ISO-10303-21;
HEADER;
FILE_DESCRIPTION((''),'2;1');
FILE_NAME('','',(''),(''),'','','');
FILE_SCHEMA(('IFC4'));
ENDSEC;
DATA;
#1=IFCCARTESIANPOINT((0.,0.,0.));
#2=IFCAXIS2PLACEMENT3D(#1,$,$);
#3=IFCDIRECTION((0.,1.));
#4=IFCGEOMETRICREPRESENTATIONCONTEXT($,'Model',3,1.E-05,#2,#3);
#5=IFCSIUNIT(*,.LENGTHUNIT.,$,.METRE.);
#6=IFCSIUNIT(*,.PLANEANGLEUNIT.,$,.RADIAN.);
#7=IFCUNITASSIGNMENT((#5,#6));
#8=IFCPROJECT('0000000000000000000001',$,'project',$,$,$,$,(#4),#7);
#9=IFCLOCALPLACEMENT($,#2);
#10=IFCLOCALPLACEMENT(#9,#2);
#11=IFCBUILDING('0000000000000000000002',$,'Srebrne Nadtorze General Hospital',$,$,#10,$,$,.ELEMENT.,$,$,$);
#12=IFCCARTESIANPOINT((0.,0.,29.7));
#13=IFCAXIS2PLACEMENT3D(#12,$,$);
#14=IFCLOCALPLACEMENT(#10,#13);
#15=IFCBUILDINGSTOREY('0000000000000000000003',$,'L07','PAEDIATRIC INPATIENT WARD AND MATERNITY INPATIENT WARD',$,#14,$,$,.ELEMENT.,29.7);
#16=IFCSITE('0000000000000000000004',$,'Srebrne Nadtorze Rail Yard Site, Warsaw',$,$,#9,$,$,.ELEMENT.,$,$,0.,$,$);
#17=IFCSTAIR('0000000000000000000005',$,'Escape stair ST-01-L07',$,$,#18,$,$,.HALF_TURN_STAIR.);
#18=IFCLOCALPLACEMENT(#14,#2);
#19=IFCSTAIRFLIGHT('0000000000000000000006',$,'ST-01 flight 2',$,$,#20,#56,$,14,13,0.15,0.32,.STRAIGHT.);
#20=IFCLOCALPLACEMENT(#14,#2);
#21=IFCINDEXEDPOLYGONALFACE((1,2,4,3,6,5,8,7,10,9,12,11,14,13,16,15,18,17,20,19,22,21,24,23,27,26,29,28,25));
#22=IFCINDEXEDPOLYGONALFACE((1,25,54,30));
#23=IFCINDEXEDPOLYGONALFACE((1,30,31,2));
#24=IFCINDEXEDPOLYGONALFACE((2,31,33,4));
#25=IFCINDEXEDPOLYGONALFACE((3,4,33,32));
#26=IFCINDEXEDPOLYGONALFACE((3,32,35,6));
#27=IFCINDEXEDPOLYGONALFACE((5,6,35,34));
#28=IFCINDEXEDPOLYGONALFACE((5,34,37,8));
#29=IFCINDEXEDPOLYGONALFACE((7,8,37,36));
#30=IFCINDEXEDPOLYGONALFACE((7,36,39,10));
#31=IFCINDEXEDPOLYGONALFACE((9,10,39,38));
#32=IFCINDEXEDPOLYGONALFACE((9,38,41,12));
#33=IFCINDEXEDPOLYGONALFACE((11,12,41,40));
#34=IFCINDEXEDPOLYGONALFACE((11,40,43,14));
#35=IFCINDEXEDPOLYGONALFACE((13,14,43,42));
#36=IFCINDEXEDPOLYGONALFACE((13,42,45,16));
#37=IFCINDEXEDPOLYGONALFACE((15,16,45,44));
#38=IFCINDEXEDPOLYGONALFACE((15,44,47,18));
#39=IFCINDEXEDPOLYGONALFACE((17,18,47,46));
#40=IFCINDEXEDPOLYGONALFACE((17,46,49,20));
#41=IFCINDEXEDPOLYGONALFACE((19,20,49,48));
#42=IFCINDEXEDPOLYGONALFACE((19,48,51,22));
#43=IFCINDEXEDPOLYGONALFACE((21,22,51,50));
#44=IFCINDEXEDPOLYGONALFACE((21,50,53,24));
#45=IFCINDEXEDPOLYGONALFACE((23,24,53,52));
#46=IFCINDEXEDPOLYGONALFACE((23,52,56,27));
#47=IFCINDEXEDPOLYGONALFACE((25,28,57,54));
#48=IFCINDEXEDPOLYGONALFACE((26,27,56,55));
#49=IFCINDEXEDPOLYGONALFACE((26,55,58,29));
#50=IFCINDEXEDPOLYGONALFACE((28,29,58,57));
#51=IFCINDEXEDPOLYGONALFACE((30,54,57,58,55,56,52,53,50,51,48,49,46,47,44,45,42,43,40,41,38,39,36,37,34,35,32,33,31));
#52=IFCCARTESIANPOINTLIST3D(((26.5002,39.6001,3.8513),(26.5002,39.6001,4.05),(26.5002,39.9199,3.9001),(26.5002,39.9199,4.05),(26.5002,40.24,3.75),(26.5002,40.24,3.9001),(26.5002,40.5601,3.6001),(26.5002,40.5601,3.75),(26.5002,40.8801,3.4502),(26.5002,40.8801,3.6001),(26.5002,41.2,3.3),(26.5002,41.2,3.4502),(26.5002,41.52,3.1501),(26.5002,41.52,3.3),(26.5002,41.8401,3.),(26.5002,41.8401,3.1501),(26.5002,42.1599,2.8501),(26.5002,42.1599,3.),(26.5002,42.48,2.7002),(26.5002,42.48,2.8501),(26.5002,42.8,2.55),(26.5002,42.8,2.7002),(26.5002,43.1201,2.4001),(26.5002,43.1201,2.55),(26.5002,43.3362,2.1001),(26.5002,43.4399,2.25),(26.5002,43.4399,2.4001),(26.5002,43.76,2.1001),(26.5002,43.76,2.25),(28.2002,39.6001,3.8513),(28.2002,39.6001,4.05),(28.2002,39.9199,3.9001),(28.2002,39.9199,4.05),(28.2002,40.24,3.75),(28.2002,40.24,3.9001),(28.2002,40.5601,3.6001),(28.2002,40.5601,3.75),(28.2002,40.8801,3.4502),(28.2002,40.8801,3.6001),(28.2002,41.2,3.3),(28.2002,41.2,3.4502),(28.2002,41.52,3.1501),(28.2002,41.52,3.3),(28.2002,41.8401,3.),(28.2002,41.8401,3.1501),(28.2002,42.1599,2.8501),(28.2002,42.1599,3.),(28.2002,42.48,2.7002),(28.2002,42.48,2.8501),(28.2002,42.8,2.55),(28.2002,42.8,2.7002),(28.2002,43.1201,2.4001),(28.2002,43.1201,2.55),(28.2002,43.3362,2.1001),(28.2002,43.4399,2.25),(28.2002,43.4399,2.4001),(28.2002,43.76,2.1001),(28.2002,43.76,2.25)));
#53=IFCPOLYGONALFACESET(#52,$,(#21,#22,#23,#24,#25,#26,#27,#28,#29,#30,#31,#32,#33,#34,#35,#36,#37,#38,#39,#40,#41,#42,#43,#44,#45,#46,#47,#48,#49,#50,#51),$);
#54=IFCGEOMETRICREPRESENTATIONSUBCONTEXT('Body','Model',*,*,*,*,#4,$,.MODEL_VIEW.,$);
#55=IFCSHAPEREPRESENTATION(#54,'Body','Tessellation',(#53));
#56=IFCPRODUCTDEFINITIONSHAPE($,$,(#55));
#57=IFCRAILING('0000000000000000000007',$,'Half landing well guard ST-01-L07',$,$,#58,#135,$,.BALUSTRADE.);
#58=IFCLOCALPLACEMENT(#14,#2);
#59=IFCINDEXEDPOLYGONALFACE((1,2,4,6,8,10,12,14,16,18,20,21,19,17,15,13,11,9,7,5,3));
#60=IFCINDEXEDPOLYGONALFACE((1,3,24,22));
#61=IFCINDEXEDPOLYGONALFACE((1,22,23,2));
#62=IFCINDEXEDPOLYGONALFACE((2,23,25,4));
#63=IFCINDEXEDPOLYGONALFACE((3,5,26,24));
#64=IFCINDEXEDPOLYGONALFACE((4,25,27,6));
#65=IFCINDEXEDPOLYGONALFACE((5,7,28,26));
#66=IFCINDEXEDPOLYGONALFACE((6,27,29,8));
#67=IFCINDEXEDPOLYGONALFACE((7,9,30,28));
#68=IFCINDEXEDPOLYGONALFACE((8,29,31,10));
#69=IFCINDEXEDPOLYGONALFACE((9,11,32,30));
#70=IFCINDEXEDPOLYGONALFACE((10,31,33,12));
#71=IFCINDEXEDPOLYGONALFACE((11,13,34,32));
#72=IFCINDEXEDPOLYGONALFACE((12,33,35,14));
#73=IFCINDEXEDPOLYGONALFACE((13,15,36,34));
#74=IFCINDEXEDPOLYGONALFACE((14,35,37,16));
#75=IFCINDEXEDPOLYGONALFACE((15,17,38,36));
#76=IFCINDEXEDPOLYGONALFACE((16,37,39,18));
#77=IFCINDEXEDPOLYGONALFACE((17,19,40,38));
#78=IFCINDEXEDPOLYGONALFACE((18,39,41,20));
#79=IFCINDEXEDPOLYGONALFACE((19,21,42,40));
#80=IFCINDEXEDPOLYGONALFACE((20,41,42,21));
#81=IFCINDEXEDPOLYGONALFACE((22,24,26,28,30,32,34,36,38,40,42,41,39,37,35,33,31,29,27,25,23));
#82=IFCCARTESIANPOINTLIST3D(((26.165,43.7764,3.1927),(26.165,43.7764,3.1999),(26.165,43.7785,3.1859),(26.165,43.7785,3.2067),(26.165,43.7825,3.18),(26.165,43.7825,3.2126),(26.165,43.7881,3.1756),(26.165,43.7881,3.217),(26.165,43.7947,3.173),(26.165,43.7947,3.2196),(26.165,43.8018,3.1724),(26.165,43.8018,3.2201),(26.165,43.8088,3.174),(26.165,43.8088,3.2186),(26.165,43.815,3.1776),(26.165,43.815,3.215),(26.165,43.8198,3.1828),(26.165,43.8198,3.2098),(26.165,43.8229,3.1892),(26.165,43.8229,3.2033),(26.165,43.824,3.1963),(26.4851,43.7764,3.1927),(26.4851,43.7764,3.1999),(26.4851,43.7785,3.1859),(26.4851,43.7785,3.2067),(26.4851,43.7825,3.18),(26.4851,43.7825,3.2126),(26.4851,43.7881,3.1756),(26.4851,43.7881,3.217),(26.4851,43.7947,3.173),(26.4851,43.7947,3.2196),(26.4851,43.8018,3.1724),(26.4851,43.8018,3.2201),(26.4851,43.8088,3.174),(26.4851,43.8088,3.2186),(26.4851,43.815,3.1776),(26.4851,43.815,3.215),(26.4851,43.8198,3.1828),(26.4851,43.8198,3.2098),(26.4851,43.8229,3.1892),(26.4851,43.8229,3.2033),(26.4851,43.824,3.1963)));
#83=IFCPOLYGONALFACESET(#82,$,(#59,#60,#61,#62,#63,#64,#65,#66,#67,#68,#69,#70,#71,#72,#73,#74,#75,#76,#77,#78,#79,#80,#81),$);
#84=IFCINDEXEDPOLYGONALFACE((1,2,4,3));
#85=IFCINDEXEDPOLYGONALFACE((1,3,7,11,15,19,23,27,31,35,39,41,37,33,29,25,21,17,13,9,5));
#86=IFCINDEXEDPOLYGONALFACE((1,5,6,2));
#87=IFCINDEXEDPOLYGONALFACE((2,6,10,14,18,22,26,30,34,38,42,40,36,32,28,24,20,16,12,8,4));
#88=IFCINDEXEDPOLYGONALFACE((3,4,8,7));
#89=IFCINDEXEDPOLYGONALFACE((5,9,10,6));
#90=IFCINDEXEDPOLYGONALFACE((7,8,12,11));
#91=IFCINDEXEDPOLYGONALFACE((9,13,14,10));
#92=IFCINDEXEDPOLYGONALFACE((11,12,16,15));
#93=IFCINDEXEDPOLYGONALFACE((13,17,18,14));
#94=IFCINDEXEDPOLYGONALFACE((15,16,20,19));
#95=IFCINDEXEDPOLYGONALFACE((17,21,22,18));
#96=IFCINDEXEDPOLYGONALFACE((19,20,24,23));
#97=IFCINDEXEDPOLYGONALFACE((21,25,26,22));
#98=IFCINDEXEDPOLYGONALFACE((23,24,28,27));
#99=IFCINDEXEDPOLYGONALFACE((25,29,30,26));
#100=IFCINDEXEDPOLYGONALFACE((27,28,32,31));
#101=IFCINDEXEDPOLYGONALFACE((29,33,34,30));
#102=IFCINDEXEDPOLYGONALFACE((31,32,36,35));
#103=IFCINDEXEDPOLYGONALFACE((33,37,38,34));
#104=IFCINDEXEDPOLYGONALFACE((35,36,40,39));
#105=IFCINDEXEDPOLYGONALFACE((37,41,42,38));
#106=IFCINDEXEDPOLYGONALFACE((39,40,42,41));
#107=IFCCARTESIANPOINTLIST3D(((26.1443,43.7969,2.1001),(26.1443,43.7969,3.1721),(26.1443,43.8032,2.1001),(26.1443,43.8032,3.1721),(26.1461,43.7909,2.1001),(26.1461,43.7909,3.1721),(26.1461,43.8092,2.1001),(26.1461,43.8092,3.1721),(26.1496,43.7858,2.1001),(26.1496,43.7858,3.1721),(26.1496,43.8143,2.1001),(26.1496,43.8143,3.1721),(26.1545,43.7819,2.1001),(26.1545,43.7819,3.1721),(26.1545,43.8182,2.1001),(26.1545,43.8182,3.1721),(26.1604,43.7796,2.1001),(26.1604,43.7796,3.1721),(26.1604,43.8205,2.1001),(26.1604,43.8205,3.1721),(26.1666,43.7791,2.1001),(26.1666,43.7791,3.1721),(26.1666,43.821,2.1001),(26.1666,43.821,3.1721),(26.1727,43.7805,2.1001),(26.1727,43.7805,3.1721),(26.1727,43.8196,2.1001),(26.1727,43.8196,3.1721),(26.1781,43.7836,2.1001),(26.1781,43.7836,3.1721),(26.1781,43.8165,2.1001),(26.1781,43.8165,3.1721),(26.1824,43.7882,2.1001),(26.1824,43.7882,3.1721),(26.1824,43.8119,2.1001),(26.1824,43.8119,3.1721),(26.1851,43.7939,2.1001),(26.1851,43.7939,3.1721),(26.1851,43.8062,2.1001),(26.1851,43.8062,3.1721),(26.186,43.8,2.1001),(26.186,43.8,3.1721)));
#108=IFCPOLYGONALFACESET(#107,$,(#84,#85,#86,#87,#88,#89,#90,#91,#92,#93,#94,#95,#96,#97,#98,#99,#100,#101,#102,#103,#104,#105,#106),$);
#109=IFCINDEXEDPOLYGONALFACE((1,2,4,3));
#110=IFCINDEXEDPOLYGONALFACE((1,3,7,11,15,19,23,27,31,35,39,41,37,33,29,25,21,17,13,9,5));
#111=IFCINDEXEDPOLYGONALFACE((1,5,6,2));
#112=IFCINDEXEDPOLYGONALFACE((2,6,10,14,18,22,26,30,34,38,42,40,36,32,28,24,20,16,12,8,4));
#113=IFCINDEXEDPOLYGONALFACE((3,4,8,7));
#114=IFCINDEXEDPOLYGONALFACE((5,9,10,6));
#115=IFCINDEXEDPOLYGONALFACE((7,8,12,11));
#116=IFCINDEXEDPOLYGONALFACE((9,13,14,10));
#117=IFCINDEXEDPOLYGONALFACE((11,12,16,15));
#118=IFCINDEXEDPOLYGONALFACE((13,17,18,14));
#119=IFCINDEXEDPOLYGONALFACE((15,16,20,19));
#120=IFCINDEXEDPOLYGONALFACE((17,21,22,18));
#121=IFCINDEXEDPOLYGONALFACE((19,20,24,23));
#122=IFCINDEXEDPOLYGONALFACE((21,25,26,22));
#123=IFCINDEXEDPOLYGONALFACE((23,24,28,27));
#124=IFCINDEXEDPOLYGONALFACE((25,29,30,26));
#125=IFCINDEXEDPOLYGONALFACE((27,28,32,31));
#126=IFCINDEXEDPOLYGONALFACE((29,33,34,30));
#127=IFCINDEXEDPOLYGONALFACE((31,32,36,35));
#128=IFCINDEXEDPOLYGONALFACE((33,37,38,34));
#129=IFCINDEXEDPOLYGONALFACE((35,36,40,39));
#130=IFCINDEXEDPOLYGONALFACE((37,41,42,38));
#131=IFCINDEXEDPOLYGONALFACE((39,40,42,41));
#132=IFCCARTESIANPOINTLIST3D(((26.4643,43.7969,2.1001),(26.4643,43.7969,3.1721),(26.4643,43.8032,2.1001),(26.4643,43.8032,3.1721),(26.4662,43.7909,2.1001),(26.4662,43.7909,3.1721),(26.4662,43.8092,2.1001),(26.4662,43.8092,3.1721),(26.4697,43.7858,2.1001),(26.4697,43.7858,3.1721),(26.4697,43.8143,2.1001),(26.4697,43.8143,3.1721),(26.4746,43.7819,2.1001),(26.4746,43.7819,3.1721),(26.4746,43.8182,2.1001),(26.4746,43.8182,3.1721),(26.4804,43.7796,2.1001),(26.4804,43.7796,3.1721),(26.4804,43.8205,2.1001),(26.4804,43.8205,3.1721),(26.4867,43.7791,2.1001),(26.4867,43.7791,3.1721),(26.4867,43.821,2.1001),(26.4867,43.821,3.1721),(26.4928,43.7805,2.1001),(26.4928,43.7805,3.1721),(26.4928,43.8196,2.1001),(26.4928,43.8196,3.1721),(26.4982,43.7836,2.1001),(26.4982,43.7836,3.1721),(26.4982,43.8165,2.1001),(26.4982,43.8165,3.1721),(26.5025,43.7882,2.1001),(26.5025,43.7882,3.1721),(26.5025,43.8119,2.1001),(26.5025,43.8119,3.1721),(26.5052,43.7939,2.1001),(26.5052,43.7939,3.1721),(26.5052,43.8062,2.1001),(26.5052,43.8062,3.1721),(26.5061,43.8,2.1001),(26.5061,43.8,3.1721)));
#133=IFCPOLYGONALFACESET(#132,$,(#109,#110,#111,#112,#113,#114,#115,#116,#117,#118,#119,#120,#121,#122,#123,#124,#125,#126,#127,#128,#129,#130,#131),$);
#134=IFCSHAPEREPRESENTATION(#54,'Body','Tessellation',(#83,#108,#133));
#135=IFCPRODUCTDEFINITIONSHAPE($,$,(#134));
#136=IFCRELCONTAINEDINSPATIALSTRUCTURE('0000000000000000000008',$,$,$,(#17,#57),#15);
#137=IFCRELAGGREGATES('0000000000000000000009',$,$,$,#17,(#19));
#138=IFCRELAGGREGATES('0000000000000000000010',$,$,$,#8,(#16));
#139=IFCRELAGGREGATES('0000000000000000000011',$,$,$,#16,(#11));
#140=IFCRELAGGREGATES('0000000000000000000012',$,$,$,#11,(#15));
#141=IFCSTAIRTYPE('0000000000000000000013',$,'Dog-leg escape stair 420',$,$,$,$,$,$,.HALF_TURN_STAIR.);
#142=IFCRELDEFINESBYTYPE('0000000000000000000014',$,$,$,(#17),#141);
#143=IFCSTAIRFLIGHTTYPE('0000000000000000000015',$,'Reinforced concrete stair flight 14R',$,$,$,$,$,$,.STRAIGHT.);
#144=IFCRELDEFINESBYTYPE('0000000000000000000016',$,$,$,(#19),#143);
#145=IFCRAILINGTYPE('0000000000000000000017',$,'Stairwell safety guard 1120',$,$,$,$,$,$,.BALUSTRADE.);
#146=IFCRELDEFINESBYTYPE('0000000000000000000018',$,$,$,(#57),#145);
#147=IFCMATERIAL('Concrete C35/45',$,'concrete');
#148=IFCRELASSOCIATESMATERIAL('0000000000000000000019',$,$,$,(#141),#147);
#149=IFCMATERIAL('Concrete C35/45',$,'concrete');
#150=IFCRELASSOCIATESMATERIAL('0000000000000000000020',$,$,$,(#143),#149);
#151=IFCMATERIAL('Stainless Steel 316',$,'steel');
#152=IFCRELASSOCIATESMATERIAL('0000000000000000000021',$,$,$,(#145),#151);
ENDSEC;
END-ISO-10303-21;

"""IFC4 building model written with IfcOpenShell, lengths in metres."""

from ifc_helpers import new_model, si_unit, direction, frame, origin, origin_2d, place, context, subcontext, project, spatial, polyline, circle, outline, extrude, material, type_object, element, aggregate, save


model = new_model("IFC4")

# Units and contexts
model_context = context("Model", 3, precision=1e-05, world=origin(), true_north=direction((0.0, 1.0)))
body_context = subcontext(model_context, "Body", "Model", "MODEL_VIEW")
ifc_project = project(units=[si_unit("LENGTHUNIT", "METRE"), si_unit("PLANEANGLEUNIT", "RADIAN")], contexts=[model_context])

# Site, building, storey
site_placement = place(None, origin())
site = spatial("IfcSite", under=ifc_project, at=site_placement, Name="Srebrne Nadtorze Rail Yard Site, Warsaw", CompositionType="ELEMENT", RefElevation=0.0)
building_placement = place(site_placement, origin())
building = spatial("IfcBuilding", under=site, at=building_placement, Name="Srebrne Nadtorze General Hospital", CompositionType="ELEMENT")
storey_placement = place(building_placement, frame((0.0, 0.0, 29.7)))
storey = spatial("IfcBuildingStorey", under=building, at=storey_placement, Name="L07", Description="PAEDIATRIC INPATIENT WARD AND MATERNITY INPATIENT WARD", CompositionType="ELEMENT", Elevation=29.7)

# Stair, stair flight
ifc_material_1 = material(Name="Concrete C35/45", Category="concrete")
stair_type = type_object("IfcStairType", Name="Dog-leg escape stair 420", PredefinedType="HALF_TURN_STAIR", material=ifc_material_1)
stair_placement = place(storey_placement, origin())
stair = element("IfcStair", 1, at=stair_placement, inside=storey, type_object=stair_type, Name="Escape stair ST-01-L07", PredefinedType="HALF_TURN_STAIR")
ifc_material_2 = material(Name="Concrete C35/45", Category="concrete")
stair_flight_type = type_object("IfcStairFlightType", Name="Reinforced concrete stair flight 14R", PredefinedType="STRAIGHT", material=ifc_material_2)
stair_flight_placement = place(storey_placement, frame((27.3501, 43.76, 2.1001), z_axis=(0.0, 0.0, 1.0), x_axis=(0.0, -1.0, 0.0)))
stair_flight = element("IfcStairFlight", 2, at=stair_flight_placement, type_object=stair_flight_type, Name="ST-01 flight 2", NumberOfRisers=14, NumberOfTreads=13, PredefinedType="STRAIGHT", RiserHeight=0.15, TreadLength=0.32, context=body_context, shape_type="SweptSolid", body=[
    extrude(outline(polyline([(0.0, 0.0), (0.0, 0.1499), (0.3201, 0.1499), (0.3201, 0.3), (0.6399, 0.3), (0.6399, 0.45), (0.96, 0.45), (0.96, 0.6001), (1.28, 0.6001), (1.28, 0.75), (1.6001, 0.75), (1.6001, 0.8999), (1.9199, 0.8999), (1.9199, 1.05), (2.24, 1.05), (2.24, 1.2), (2.5601, 1.2), (2.5601, 1.3501), (2.8799, 1.3501), (2.8799, 1.5), (3.2, 1.5), (3.2, 1.6499), (3.52, 1.6499), (3.52, 1.8), (3.8401, 1.8), (3.8401, 1.95), (4.1599, 1.95), (4.1599, 2.1001), (4.1599, 1.7512), (0.4238, 0.0), (0.0, 0.0)])), frame((0.0, 0.8501, 0.0), z_axis=(0.0, -1.0, 0.0), x_axis=(1.0, 0.0, 0.0)), (0.0, 0.0, 1.0), 1.7),
])
aggregate(stair, [stair_flight])

# Railing
ifc_material_3 = material(Name="Stainless Steel 316", Category="steel")
railing_type_1 = type_object("IfcRailingType", Name="Stairwell safety guard 1120", PredefinedType="BALUSTRADE", material=ifc_material_3)
railing_1_placement = place(storey_placement, frame((26.165, 43.8, 2.1001)))
element("IfcRailing", 3, at=railing_1_placement, inside=storey, type_object=railing_type_1, Name="Half landing well guard ST-01-L07", PredefinedType="BALUSTRADE", context=body_context, shape_type="SweptSolid", body=[
    extrude(circle(Radius=0.0239, at=origin_2d()), frame((0.0, 0.0, 1.0962), z_axis=(1.0, 0.0, 0.0), x_axis=(0.0, 1.0, 0.0)), (0.0, 0.0, 1.0), 0.3201),
    extrude(circle(Radius=0.021, at=origin_2d()), origin(), (0.0, 0.0, 1.0), 1.072),
    extrude(circle(Radius=0.021, at=origin_2d()), frame((0.3201, 0.0, 0.0)), (0.0, 0.0, 1.0), 1.072),
])

save(model, "model.ifc")
